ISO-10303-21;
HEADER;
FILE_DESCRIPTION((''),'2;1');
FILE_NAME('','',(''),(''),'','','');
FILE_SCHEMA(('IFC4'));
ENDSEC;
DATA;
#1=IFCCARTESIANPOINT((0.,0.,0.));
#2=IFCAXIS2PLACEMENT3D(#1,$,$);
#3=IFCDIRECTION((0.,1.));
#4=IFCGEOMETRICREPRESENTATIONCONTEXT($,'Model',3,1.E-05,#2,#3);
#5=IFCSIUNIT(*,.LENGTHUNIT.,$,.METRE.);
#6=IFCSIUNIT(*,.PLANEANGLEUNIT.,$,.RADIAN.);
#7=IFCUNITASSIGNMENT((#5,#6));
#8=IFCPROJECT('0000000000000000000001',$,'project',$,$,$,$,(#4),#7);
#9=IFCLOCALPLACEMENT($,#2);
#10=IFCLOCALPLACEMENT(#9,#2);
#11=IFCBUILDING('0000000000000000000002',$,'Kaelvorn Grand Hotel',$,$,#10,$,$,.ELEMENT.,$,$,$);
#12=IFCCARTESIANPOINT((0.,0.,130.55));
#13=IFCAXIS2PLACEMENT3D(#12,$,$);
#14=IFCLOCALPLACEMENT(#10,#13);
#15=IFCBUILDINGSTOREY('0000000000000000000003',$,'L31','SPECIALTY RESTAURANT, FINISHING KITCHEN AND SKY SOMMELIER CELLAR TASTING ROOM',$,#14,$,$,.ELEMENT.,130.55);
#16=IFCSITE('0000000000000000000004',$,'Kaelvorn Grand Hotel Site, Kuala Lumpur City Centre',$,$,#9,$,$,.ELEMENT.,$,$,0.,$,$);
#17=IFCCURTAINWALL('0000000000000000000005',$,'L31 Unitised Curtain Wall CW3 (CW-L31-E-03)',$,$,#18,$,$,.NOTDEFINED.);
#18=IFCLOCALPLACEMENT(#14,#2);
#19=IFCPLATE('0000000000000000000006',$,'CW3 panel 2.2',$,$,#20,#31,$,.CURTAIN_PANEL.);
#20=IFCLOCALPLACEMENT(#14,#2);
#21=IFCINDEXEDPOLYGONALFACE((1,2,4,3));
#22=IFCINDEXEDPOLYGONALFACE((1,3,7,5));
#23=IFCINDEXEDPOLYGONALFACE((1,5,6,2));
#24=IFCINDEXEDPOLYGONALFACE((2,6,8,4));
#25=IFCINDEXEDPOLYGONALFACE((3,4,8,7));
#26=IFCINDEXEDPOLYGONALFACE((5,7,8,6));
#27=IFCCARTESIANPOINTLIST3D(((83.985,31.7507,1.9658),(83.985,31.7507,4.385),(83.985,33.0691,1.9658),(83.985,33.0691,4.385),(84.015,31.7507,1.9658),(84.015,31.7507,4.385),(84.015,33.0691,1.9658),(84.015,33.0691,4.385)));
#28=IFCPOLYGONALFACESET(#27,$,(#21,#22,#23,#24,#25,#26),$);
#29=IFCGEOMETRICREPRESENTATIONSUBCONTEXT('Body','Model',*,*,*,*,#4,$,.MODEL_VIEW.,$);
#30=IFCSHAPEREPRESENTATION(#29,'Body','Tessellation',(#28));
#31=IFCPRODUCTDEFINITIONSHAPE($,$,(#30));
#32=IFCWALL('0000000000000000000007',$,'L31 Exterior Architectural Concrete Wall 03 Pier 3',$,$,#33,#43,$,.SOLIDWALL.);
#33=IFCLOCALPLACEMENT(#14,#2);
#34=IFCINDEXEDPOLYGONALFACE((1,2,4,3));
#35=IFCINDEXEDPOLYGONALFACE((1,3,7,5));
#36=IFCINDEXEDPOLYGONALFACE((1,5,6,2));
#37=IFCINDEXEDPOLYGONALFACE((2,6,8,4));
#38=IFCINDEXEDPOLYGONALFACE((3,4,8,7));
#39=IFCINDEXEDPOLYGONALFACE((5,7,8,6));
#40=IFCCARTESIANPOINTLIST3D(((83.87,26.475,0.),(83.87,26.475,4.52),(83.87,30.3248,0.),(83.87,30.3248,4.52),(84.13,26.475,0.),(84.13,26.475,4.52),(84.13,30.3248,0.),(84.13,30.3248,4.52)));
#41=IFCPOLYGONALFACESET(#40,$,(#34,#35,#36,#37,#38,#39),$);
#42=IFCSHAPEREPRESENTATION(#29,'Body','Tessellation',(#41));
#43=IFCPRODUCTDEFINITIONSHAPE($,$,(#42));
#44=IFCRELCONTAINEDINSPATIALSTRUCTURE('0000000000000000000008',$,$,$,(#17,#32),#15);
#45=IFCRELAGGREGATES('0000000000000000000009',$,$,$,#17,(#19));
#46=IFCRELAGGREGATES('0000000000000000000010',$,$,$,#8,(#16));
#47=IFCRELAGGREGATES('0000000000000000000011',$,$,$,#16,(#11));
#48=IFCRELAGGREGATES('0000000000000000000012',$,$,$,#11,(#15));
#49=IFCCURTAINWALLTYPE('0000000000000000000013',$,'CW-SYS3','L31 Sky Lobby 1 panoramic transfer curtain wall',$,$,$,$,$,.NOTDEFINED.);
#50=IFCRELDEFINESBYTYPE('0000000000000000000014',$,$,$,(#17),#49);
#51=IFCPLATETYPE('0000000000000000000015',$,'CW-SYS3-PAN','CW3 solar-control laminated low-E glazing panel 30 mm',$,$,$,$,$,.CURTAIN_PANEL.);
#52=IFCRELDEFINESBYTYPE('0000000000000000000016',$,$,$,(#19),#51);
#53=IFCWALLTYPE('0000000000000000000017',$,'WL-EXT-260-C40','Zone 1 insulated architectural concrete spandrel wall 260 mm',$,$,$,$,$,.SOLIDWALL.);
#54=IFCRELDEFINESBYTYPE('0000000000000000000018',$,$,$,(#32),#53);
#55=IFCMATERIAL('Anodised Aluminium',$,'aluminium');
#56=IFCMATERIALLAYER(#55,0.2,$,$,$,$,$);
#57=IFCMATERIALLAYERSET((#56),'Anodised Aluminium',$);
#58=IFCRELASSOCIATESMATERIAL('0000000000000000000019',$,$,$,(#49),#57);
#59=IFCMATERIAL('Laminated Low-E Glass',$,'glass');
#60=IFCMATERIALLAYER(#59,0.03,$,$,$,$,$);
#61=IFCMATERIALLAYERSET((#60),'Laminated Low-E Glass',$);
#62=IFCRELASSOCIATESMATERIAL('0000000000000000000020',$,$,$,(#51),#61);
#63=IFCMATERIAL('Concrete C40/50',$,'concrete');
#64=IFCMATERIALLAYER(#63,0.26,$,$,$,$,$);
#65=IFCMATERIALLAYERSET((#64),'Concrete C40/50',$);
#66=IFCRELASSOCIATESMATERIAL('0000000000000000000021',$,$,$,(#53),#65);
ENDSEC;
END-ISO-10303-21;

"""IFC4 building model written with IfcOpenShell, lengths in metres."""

from ifc_helpers import new_model, si_unit, direction, frame, frame_2d, origin, origin_2d, place, context, subcontext, project, spatial, rectangle, extrude, material, layer, layer_set, type_object, element, aggregate, save


model = new_model("IFC4")

# Units and contexts
model_context = context("Model", 3, precision=1e-05, world=origin(), true_north=direction((0.0, 1.0)))
body_context = subcontext(model_context, "Body", "Model", "MODEL_VIEW")
ifc_project = project(units=[si_unit("LENGTHUNIT", "METRE"), si_unit("PLANEANGLEUNIT", "RADIAN")], contexts=[model_context])

# Site, building, storey
site_placement = place(None, origin())
site = spatial("IfcSite", under=ifc_project, at=site_placement, Name="Kaelvorn Grand Hotel Site, Kuala Lumpur City Centre", CompositionType="ELEMENT", RefElevation=0.0)
building_placement = place(site_placement, origin())
building = spatial("IfcBuilding", under=site, at=building_placement, Name="Kaelvorn Grand Hotel", CompositionType="ELEMENT")
storey_placement = place(building_placement, frame((0.0, 0.0, 130.55)))
storey = spatial("IfcBuildingStorey", under=building, at=storey_placement, Name="L31", Description="SPECIALTY RESTAURANT, FINISHING KITCHEN AND SKY SOMMELIER CELLAR TASTING ROOM", CompositionType="ELEMENT", Elevation=130.55)

# Shared definitions
ifc_material_1 = material(Name="Anodised Aluminium", Category="aluminium")
ifc_layer_1 = layer(ifc_material_1, 0.2)
ifc_layer_set_1 = layer_set([ifc_layer_1], Name="Anodised Aluminium")
curtain_wall_type = type_object("IfcCurtainWallType", Name="CW-SYS3", Description="L31 Sky Lobby 1 panoramic transfer curtain wall", PredefinedType="NOTDEFINED", material=ifc_layer_set_1)

# Curtain wall
curtain_wall_1_placement = place(storey_placement, origin())
curtain_wall_1 = element("IfcCurtainWall", 1, at=curtain_wall_1_placement, inside=storey, type_object=curtain_wall_type, Name="L31 Unitised Curtain Wall CW3 (CW-L31-E-03)", PredefinedType="NOTDEFINED")

# Plate
ifc_material_2 = material(Name="Laminated Low-E Glass", Category="glass")
ifc_layer_2 = layer(ifc_material_2, 0.03)
ifc_layer_set_2 = layer_set([ifc_layer_2], Name="Laminated Low-E Glass")
plate_type = type_object("IfcPlateType", Name="CW-SYS3-PAN", Description="CW3 solar-control laminated low-E glazing panel 30 mm", PredefinedType="CURTAIN_PANEL", material=ifc_layer_set_2)
plate_1_placement = place(storey_placement, frame((84.0, 32.4099, 1.9658), z_axis=(0.0, 0.0, 1.0), x_axis=(0.0, 1.0, 0.0)))
plate_1 = element("IfcPlate", 2, at=plate_1_placement, type_object=plate_type, Name="CW3 panel 2.2", PredefinedType="CURTAIN_PANEL", context=body_context, shape_type="SweptSolid", body=[
    extrude(rectangle(XDim=1.3184, YDim=0.03, at=origin_2d()), origin(), (0.0, 0.0, 1.0), 2.4192),
])
aggregate(curtain_wall_1, [plate_1])

# Wall
ifc_material_3 = material(Name="Concrete C40/50", Category="concrete")
ifc_layer_3 = layer(ifc_material_3, 0.26)
ifc_layer_set_3 = layer_set([ifc_layer_3], Name="Concrete C40/50")
wall_type = type_object("IfcWallType", Name="WL-EXT-260-C40", Description="Zone 1 insulated architectural concrete spandrel wall 260 mm", PredefinedType="SOLIDWALL", material=ifc_layer_set_3)
wall_placement = place(storey_placement, frame((84.0, 26.4751, 0.0), z_axis=(0.0, 0.0, 1.0), x_axis=(0.0, 1.0, 0.0)))
element("IfcWall", 3, at=wall_placement, inside=storey, type_object=wall_type, Name="L31 Exterior Architectural Concrete Wall 03 Pier 3", PredefinedType="SOLIDWALL", context=body_context, shape_type="SweptSolid", body=[
    extrude(rectangle(XDim=3.8499, YDim=0.26, at=frame_2d((1.9248, 0.0))), origin(), (0.0, 0.0, 1.0), 4.52),
])

save(model, "model.ifc")
